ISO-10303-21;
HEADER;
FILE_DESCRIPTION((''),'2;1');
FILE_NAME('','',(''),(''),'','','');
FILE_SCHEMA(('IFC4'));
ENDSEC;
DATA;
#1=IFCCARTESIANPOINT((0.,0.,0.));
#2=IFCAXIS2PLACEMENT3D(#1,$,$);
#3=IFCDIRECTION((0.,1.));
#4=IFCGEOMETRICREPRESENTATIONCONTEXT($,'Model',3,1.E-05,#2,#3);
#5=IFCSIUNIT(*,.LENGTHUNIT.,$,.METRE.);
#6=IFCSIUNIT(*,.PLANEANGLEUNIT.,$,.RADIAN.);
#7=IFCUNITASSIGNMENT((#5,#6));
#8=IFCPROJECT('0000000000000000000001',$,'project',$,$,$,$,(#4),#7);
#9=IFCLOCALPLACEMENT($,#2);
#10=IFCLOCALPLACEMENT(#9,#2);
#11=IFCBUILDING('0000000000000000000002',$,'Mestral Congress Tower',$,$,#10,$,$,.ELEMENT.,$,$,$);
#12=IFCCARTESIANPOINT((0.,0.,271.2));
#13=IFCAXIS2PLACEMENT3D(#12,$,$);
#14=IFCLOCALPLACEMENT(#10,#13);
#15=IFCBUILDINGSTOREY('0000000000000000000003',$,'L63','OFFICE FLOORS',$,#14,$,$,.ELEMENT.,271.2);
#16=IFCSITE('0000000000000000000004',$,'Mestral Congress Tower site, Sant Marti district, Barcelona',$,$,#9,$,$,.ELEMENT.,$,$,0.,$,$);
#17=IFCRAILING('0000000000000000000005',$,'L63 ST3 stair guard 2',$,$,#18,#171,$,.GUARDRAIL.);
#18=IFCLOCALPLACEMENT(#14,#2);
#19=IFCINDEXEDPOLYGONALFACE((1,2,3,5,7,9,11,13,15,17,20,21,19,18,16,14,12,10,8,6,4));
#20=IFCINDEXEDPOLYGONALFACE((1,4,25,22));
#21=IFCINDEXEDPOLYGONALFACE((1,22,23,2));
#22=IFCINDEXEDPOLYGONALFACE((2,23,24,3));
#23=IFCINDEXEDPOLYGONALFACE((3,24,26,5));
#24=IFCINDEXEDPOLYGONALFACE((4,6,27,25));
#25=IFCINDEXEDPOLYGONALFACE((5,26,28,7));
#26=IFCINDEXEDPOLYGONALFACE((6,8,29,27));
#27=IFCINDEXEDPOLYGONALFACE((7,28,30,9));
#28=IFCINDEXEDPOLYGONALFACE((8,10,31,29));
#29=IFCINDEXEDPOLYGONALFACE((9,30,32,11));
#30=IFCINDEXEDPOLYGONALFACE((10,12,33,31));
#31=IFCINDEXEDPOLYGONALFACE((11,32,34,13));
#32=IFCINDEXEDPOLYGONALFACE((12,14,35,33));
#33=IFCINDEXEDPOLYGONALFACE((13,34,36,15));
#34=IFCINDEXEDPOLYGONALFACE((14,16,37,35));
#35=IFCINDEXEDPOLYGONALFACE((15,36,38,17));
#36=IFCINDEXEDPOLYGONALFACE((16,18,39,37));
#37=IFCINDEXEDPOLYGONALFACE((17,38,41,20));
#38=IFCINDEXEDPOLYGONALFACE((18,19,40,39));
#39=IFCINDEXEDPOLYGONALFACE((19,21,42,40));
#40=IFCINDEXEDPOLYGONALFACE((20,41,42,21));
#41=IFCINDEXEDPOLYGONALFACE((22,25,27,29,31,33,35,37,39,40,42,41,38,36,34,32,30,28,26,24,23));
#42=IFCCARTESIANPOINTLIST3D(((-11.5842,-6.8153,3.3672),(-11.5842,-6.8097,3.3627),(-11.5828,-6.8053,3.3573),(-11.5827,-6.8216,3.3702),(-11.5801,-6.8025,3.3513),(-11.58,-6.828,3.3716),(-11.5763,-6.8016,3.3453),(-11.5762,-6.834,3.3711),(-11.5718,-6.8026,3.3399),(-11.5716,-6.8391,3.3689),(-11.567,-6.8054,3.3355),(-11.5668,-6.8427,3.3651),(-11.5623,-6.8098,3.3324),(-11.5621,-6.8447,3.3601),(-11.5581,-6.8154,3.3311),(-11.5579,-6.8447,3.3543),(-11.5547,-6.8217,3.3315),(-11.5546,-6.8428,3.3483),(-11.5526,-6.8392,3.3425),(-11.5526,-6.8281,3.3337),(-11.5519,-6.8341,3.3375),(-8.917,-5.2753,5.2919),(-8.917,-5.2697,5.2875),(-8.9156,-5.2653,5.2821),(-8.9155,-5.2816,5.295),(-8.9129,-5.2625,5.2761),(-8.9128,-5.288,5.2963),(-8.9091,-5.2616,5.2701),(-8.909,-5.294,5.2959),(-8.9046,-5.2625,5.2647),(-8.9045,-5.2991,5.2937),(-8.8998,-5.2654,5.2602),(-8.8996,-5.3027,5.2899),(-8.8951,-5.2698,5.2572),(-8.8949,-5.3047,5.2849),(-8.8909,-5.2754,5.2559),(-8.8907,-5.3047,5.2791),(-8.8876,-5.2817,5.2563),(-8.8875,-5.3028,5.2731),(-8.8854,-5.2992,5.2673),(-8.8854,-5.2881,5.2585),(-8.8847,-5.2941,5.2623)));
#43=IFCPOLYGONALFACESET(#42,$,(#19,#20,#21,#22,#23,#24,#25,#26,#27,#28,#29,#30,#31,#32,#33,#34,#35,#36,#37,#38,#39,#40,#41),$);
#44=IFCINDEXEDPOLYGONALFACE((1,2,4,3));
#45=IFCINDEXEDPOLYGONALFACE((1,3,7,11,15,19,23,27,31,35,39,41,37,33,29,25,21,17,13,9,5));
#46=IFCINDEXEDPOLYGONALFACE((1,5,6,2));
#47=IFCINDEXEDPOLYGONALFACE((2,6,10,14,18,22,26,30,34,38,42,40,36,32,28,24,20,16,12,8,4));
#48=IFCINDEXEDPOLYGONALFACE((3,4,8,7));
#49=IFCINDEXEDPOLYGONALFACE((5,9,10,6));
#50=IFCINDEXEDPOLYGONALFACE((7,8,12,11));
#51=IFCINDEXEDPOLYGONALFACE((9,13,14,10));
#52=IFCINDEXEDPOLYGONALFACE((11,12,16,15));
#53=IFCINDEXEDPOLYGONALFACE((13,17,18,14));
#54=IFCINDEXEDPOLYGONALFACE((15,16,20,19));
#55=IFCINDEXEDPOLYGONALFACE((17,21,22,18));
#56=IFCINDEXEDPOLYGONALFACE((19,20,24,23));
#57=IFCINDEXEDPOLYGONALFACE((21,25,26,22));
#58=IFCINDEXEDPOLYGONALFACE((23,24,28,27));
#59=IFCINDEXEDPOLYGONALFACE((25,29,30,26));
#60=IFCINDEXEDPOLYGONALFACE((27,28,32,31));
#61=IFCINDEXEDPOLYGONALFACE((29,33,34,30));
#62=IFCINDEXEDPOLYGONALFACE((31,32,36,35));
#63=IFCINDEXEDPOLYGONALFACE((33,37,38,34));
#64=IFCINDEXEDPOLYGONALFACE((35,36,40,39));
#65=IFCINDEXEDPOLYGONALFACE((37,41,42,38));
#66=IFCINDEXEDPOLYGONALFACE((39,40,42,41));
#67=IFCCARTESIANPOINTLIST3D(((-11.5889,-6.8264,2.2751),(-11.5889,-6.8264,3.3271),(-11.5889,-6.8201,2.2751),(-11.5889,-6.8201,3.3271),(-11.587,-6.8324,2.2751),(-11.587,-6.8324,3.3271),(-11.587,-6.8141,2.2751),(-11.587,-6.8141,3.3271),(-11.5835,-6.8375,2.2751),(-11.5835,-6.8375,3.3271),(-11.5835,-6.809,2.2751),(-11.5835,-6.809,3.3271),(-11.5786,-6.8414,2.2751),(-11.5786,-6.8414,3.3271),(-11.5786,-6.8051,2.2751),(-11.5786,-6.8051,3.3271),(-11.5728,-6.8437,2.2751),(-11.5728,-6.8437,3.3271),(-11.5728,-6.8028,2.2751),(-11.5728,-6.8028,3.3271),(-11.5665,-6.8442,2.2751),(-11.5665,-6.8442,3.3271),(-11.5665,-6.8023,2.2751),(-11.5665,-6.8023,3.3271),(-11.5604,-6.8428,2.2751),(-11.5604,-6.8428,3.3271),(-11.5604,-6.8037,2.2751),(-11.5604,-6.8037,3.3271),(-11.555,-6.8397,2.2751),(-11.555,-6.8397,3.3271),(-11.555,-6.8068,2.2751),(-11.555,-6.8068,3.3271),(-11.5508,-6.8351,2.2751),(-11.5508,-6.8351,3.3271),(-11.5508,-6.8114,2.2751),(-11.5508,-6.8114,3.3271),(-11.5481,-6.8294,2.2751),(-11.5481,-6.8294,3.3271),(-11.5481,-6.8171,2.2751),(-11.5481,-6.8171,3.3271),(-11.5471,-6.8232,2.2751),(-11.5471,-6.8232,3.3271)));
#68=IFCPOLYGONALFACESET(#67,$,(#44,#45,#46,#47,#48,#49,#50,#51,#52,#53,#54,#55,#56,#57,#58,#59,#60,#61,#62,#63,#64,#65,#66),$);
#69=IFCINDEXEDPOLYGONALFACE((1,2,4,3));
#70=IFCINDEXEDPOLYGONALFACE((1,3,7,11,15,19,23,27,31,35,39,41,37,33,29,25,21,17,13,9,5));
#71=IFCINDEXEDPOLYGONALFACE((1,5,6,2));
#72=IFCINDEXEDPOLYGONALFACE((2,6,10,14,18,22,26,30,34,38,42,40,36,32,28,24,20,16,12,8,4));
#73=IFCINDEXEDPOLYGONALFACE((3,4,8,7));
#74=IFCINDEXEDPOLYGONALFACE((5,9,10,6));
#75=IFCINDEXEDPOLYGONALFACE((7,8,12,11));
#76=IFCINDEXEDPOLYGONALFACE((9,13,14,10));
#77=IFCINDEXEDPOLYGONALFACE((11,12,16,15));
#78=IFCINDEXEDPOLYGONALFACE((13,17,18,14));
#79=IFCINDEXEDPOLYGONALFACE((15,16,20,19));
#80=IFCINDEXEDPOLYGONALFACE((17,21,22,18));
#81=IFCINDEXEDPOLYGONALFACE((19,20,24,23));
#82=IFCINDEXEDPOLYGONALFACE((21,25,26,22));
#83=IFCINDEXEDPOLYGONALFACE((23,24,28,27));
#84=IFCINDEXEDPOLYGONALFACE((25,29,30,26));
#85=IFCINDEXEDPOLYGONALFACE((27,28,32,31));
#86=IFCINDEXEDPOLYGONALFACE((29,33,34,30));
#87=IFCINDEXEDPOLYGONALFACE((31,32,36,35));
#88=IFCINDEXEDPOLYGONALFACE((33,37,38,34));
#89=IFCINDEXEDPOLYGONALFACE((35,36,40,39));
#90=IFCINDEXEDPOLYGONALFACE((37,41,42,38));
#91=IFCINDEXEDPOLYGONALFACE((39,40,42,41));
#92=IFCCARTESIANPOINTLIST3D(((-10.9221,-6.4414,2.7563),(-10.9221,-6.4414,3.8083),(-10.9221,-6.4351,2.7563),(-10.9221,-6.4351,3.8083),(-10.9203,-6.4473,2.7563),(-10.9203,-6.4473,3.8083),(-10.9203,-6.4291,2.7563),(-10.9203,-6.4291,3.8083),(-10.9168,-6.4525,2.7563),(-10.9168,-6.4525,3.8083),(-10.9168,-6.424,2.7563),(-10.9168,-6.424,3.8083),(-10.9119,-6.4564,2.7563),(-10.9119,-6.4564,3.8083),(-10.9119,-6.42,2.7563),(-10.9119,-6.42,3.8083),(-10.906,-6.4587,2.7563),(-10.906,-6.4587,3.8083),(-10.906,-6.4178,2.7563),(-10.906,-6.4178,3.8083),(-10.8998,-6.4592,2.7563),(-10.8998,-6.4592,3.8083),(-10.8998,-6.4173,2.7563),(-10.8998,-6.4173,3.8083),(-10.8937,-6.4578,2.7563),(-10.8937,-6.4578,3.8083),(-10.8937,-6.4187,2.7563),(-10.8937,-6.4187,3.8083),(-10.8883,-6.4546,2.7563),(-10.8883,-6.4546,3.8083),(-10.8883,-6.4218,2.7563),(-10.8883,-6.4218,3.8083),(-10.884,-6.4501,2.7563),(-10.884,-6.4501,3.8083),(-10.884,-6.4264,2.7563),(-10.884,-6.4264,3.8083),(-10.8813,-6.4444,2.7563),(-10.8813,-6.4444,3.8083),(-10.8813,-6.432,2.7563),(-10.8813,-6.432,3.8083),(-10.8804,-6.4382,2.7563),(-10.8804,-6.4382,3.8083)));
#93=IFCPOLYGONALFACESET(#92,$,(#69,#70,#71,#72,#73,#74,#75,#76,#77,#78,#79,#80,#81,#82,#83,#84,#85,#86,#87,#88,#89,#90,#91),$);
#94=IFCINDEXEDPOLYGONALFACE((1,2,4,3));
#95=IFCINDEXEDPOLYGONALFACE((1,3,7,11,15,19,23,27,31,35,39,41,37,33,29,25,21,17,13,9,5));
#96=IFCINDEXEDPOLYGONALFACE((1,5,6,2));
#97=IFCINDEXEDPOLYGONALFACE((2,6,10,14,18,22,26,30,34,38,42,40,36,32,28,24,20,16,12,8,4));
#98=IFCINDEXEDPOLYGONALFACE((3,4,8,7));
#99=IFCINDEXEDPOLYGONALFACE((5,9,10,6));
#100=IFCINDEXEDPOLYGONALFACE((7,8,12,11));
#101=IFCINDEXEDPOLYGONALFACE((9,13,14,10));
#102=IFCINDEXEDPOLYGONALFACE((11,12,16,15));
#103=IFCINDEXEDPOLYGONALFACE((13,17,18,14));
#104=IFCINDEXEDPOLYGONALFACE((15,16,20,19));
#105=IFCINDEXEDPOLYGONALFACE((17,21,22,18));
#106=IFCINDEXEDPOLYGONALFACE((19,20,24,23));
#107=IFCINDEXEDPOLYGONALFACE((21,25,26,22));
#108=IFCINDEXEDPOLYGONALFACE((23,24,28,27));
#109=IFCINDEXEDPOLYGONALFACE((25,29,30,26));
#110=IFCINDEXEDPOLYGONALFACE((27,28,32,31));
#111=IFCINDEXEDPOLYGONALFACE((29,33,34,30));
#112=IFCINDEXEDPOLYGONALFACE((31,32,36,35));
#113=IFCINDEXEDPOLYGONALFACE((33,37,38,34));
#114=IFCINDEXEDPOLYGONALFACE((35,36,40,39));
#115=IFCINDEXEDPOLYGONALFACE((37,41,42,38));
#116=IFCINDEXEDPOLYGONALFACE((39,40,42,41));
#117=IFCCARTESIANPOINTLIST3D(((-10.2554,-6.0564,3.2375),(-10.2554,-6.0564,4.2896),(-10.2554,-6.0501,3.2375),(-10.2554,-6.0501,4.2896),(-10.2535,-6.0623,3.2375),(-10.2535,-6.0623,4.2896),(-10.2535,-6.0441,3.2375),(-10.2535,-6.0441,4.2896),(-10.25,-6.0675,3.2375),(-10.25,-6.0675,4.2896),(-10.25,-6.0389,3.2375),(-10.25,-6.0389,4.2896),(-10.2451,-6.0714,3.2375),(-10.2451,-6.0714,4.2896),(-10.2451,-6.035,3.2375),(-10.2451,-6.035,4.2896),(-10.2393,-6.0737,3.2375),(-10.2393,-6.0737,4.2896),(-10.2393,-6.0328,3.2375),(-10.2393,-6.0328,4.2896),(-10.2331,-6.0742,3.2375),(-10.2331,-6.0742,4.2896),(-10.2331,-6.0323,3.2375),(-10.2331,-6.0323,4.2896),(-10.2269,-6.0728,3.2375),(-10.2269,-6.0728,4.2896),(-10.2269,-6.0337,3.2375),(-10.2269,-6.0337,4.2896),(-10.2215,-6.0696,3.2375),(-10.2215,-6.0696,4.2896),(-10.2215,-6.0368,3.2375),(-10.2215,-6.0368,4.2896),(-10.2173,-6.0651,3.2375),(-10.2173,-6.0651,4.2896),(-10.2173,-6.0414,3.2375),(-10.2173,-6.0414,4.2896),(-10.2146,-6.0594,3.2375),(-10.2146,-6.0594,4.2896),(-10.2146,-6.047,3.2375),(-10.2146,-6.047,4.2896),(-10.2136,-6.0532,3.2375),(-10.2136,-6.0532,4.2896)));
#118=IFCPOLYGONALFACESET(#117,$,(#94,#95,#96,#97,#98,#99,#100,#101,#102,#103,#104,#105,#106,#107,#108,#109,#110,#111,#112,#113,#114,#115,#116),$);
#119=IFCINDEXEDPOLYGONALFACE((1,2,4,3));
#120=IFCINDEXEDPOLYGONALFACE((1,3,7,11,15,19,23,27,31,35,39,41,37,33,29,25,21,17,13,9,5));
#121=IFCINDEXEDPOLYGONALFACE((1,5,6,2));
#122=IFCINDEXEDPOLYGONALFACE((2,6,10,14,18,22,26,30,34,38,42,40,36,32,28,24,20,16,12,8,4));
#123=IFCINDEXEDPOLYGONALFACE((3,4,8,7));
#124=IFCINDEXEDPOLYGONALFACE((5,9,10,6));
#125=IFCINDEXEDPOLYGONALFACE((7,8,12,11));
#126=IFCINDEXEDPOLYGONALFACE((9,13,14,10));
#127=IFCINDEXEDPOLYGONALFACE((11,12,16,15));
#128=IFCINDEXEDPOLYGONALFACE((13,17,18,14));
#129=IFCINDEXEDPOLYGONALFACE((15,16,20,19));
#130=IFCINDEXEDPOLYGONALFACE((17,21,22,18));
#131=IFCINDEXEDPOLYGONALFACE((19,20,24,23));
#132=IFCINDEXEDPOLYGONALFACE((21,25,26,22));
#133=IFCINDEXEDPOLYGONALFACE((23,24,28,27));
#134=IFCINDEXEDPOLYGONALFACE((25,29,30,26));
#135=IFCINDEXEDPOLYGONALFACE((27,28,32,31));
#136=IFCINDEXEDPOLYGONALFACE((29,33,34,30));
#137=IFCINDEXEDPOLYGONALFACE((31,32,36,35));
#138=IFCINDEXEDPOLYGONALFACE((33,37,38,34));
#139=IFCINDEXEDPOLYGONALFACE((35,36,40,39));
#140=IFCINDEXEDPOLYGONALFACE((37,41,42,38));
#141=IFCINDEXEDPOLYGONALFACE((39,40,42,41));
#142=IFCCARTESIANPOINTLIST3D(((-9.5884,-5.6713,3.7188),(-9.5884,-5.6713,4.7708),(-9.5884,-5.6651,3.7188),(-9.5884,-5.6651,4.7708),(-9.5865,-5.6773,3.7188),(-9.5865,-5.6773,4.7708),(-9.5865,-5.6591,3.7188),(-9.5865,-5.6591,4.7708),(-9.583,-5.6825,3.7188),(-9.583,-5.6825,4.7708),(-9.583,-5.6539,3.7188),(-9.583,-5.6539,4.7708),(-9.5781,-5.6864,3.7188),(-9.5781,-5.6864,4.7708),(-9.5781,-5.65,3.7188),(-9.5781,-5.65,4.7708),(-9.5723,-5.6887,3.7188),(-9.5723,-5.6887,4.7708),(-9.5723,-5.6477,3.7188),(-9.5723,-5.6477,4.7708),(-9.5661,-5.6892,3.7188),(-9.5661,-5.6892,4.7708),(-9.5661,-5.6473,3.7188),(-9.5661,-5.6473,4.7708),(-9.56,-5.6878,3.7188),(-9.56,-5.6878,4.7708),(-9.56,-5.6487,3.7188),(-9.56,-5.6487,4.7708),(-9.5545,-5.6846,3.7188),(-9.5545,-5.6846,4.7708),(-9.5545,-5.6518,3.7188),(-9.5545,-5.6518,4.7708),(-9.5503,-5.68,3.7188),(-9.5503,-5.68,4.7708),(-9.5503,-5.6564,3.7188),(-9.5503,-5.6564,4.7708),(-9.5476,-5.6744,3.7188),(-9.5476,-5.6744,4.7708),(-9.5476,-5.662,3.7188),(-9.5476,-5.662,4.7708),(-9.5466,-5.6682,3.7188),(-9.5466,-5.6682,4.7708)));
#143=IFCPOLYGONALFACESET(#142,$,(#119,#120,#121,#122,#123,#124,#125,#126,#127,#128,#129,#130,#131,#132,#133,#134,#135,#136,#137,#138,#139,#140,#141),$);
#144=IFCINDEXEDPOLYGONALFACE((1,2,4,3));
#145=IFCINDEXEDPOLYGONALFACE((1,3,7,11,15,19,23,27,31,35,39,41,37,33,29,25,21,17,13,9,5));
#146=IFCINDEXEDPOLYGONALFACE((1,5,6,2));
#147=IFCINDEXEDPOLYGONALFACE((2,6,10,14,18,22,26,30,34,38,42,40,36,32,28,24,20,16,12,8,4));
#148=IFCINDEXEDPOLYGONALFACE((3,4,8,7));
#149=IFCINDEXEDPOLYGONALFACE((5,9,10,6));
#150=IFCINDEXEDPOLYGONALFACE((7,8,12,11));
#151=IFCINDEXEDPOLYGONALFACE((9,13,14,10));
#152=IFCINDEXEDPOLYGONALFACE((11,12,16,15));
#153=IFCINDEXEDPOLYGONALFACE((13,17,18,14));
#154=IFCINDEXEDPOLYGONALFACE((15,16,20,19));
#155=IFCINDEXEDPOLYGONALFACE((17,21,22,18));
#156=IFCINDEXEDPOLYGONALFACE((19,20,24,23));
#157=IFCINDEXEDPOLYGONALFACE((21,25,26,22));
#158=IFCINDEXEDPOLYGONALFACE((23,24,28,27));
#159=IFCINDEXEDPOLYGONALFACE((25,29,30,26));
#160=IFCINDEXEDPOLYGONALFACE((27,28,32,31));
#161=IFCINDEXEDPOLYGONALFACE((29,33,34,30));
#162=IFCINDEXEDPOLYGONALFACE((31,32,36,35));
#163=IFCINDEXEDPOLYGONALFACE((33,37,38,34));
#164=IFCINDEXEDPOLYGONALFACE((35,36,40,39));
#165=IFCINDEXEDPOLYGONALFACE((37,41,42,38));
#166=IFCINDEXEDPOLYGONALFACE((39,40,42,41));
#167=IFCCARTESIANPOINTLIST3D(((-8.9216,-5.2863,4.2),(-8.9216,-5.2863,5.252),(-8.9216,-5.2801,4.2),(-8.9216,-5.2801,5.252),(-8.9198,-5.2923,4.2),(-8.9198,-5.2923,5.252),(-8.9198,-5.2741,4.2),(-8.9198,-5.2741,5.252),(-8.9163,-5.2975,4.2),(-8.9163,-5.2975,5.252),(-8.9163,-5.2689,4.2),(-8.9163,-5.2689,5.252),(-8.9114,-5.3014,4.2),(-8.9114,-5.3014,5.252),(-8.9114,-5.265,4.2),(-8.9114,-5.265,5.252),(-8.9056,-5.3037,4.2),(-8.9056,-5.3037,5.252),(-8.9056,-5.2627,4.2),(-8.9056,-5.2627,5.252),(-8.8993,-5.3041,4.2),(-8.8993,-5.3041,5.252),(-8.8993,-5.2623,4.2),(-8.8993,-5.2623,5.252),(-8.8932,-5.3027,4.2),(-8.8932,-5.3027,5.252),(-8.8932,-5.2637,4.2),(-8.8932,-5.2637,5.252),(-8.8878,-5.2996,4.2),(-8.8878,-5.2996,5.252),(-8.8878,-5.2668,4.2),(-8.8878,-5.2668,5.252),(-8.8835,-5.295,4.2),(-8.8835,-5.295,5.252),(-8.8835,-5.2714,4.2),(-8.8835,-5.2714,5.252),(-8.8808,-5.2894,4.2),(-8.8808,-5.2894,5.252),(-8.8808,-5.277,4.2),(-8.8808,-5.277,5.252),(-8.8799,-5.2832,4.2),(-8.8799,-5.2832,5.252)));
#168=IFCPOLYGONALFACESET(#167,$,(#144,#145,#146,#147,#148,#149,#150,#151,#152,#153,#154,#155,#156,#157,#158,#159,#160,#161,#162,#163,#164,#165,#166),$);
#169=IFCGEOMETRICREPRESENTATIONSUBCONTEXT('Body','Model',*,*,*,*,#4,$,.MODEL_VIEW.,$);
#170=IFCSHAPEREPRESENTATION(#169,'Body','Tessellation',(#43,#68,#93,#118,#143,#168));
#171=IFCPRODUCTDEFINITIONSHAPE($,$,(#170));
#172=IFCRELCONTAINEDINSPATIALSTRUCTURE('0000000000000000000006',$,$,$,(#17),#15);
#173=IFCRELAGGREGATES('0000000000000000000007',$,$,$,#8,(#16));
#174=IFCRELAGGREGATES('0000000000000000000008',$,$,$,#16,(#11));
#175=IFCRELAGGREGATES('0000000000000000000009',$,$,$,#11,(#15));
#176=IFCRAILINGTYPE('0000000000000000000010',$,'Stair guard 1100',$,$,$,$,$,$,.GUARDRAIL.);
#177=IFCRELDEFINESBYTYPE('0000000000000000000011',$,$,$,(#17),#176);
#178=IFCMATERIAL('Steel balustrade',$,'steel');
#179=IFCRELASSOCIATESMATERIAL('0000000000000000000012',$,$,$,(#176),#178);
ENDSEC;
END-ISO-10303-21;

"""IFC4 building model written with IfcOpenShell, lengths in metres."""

from ifc_helpers import new_model, si_unit, direction, frame, origin, origin_2d, place, context, subcontext, project, spatial, circle, extrude, material, type_object, element, save


model = new_model("IFC4")

# Units and contexts
model_context = context("Model", 3, precision=1e-05, world=origin(), true_north=direction((0.0, 1.0)))
body_context = subcontext(model_context, "Body", "Model", "MODEL_VIEW")
ifc_project = project(units=[si_unit("LENGTHUNIT", "METRE"), si_unit("PLANEANGLEUNIT", "RADIAN")], contexts=[model_context])

# Site, building, storey
site_placement = place(None, origin())
site = spatial("IfcSite", under=ifc_project, at=site_placement, Name="Mestral Congress Tower site, Sant Marti district, Barcelona", CompositionType="ELEMENT", RefElevation=0.0)
building_placement = place(site_placement, origin())
building = spatial("IfcBuilding", under=site, at=building_placement, Name="Mestral Congress Tower", CompositionType="ELEMENT")
storey_placement = place(building_placement, frame((0.0, 0.0, 271.2)))
storey = spatial("IfcBuildingStorey", under=building, at=storey_placement, Name="L63", Description="OFFICE FLOORS", CompositionType="ELEMENT", Elevation=271.2)

# Railing
ifc_material_1 = material(Name="Steel balustrade", Category="steel")
railing_type = type_object("IfcRailingType", Name="Stair guard 1100", PredefinedType="GUARDRAIL", material=ifc_material_1)
railing_placement = place(storey_placement, frame((-11.5681, -6.8232, 2.2751)))
element("IfcRailing", 1, at=railing_placement, inside=storey, type_object=railing_type, Name="L63 ST3 stair guard 2", PredefinedType="GUARDRAIL", context=body_context, shape_type="SweptSolid", body=[
    extrude(circle(Radius=0.0239, at=origin_2d()), frame((0.0, 0.0, 1.0762), z_axis=(0.73439, 0.424031, 0.529971), x_axis=(-0.500027, 0.86601, 0.0)), (0.0, 0.0, 1.0), 3.6318),
    extrude(circle(Radius=0.021, at=origin_2d()), origin(), (0.0, 0.0, 1.0), 1.052),
    extrude(circle(Radius=0.021, at=origin_2d()), frame((0.6667, 0.385, 0.4812)), (0.0, 0.0, 1.0), 1.052),
    extrude(circle(Radius=0.021, at=origin_2d()), frame((1.3335, 0.77, 0.9624)), (0.0, 0.0, 1.0), 1.052),
    extrude(circle(Radius=0.021, at=origin_2d()), frame((2.0005, 1.155, 1.4436)), (0.0, 0.0, 1.0), 1.052),
    extrude(circle(Radius=0.021, at=origin_2d()), frame((2.6672, 1.54, 1.9248)), (0.0, 0.0, 1.0), 1.052),
])

save(model, "model.ifc")
